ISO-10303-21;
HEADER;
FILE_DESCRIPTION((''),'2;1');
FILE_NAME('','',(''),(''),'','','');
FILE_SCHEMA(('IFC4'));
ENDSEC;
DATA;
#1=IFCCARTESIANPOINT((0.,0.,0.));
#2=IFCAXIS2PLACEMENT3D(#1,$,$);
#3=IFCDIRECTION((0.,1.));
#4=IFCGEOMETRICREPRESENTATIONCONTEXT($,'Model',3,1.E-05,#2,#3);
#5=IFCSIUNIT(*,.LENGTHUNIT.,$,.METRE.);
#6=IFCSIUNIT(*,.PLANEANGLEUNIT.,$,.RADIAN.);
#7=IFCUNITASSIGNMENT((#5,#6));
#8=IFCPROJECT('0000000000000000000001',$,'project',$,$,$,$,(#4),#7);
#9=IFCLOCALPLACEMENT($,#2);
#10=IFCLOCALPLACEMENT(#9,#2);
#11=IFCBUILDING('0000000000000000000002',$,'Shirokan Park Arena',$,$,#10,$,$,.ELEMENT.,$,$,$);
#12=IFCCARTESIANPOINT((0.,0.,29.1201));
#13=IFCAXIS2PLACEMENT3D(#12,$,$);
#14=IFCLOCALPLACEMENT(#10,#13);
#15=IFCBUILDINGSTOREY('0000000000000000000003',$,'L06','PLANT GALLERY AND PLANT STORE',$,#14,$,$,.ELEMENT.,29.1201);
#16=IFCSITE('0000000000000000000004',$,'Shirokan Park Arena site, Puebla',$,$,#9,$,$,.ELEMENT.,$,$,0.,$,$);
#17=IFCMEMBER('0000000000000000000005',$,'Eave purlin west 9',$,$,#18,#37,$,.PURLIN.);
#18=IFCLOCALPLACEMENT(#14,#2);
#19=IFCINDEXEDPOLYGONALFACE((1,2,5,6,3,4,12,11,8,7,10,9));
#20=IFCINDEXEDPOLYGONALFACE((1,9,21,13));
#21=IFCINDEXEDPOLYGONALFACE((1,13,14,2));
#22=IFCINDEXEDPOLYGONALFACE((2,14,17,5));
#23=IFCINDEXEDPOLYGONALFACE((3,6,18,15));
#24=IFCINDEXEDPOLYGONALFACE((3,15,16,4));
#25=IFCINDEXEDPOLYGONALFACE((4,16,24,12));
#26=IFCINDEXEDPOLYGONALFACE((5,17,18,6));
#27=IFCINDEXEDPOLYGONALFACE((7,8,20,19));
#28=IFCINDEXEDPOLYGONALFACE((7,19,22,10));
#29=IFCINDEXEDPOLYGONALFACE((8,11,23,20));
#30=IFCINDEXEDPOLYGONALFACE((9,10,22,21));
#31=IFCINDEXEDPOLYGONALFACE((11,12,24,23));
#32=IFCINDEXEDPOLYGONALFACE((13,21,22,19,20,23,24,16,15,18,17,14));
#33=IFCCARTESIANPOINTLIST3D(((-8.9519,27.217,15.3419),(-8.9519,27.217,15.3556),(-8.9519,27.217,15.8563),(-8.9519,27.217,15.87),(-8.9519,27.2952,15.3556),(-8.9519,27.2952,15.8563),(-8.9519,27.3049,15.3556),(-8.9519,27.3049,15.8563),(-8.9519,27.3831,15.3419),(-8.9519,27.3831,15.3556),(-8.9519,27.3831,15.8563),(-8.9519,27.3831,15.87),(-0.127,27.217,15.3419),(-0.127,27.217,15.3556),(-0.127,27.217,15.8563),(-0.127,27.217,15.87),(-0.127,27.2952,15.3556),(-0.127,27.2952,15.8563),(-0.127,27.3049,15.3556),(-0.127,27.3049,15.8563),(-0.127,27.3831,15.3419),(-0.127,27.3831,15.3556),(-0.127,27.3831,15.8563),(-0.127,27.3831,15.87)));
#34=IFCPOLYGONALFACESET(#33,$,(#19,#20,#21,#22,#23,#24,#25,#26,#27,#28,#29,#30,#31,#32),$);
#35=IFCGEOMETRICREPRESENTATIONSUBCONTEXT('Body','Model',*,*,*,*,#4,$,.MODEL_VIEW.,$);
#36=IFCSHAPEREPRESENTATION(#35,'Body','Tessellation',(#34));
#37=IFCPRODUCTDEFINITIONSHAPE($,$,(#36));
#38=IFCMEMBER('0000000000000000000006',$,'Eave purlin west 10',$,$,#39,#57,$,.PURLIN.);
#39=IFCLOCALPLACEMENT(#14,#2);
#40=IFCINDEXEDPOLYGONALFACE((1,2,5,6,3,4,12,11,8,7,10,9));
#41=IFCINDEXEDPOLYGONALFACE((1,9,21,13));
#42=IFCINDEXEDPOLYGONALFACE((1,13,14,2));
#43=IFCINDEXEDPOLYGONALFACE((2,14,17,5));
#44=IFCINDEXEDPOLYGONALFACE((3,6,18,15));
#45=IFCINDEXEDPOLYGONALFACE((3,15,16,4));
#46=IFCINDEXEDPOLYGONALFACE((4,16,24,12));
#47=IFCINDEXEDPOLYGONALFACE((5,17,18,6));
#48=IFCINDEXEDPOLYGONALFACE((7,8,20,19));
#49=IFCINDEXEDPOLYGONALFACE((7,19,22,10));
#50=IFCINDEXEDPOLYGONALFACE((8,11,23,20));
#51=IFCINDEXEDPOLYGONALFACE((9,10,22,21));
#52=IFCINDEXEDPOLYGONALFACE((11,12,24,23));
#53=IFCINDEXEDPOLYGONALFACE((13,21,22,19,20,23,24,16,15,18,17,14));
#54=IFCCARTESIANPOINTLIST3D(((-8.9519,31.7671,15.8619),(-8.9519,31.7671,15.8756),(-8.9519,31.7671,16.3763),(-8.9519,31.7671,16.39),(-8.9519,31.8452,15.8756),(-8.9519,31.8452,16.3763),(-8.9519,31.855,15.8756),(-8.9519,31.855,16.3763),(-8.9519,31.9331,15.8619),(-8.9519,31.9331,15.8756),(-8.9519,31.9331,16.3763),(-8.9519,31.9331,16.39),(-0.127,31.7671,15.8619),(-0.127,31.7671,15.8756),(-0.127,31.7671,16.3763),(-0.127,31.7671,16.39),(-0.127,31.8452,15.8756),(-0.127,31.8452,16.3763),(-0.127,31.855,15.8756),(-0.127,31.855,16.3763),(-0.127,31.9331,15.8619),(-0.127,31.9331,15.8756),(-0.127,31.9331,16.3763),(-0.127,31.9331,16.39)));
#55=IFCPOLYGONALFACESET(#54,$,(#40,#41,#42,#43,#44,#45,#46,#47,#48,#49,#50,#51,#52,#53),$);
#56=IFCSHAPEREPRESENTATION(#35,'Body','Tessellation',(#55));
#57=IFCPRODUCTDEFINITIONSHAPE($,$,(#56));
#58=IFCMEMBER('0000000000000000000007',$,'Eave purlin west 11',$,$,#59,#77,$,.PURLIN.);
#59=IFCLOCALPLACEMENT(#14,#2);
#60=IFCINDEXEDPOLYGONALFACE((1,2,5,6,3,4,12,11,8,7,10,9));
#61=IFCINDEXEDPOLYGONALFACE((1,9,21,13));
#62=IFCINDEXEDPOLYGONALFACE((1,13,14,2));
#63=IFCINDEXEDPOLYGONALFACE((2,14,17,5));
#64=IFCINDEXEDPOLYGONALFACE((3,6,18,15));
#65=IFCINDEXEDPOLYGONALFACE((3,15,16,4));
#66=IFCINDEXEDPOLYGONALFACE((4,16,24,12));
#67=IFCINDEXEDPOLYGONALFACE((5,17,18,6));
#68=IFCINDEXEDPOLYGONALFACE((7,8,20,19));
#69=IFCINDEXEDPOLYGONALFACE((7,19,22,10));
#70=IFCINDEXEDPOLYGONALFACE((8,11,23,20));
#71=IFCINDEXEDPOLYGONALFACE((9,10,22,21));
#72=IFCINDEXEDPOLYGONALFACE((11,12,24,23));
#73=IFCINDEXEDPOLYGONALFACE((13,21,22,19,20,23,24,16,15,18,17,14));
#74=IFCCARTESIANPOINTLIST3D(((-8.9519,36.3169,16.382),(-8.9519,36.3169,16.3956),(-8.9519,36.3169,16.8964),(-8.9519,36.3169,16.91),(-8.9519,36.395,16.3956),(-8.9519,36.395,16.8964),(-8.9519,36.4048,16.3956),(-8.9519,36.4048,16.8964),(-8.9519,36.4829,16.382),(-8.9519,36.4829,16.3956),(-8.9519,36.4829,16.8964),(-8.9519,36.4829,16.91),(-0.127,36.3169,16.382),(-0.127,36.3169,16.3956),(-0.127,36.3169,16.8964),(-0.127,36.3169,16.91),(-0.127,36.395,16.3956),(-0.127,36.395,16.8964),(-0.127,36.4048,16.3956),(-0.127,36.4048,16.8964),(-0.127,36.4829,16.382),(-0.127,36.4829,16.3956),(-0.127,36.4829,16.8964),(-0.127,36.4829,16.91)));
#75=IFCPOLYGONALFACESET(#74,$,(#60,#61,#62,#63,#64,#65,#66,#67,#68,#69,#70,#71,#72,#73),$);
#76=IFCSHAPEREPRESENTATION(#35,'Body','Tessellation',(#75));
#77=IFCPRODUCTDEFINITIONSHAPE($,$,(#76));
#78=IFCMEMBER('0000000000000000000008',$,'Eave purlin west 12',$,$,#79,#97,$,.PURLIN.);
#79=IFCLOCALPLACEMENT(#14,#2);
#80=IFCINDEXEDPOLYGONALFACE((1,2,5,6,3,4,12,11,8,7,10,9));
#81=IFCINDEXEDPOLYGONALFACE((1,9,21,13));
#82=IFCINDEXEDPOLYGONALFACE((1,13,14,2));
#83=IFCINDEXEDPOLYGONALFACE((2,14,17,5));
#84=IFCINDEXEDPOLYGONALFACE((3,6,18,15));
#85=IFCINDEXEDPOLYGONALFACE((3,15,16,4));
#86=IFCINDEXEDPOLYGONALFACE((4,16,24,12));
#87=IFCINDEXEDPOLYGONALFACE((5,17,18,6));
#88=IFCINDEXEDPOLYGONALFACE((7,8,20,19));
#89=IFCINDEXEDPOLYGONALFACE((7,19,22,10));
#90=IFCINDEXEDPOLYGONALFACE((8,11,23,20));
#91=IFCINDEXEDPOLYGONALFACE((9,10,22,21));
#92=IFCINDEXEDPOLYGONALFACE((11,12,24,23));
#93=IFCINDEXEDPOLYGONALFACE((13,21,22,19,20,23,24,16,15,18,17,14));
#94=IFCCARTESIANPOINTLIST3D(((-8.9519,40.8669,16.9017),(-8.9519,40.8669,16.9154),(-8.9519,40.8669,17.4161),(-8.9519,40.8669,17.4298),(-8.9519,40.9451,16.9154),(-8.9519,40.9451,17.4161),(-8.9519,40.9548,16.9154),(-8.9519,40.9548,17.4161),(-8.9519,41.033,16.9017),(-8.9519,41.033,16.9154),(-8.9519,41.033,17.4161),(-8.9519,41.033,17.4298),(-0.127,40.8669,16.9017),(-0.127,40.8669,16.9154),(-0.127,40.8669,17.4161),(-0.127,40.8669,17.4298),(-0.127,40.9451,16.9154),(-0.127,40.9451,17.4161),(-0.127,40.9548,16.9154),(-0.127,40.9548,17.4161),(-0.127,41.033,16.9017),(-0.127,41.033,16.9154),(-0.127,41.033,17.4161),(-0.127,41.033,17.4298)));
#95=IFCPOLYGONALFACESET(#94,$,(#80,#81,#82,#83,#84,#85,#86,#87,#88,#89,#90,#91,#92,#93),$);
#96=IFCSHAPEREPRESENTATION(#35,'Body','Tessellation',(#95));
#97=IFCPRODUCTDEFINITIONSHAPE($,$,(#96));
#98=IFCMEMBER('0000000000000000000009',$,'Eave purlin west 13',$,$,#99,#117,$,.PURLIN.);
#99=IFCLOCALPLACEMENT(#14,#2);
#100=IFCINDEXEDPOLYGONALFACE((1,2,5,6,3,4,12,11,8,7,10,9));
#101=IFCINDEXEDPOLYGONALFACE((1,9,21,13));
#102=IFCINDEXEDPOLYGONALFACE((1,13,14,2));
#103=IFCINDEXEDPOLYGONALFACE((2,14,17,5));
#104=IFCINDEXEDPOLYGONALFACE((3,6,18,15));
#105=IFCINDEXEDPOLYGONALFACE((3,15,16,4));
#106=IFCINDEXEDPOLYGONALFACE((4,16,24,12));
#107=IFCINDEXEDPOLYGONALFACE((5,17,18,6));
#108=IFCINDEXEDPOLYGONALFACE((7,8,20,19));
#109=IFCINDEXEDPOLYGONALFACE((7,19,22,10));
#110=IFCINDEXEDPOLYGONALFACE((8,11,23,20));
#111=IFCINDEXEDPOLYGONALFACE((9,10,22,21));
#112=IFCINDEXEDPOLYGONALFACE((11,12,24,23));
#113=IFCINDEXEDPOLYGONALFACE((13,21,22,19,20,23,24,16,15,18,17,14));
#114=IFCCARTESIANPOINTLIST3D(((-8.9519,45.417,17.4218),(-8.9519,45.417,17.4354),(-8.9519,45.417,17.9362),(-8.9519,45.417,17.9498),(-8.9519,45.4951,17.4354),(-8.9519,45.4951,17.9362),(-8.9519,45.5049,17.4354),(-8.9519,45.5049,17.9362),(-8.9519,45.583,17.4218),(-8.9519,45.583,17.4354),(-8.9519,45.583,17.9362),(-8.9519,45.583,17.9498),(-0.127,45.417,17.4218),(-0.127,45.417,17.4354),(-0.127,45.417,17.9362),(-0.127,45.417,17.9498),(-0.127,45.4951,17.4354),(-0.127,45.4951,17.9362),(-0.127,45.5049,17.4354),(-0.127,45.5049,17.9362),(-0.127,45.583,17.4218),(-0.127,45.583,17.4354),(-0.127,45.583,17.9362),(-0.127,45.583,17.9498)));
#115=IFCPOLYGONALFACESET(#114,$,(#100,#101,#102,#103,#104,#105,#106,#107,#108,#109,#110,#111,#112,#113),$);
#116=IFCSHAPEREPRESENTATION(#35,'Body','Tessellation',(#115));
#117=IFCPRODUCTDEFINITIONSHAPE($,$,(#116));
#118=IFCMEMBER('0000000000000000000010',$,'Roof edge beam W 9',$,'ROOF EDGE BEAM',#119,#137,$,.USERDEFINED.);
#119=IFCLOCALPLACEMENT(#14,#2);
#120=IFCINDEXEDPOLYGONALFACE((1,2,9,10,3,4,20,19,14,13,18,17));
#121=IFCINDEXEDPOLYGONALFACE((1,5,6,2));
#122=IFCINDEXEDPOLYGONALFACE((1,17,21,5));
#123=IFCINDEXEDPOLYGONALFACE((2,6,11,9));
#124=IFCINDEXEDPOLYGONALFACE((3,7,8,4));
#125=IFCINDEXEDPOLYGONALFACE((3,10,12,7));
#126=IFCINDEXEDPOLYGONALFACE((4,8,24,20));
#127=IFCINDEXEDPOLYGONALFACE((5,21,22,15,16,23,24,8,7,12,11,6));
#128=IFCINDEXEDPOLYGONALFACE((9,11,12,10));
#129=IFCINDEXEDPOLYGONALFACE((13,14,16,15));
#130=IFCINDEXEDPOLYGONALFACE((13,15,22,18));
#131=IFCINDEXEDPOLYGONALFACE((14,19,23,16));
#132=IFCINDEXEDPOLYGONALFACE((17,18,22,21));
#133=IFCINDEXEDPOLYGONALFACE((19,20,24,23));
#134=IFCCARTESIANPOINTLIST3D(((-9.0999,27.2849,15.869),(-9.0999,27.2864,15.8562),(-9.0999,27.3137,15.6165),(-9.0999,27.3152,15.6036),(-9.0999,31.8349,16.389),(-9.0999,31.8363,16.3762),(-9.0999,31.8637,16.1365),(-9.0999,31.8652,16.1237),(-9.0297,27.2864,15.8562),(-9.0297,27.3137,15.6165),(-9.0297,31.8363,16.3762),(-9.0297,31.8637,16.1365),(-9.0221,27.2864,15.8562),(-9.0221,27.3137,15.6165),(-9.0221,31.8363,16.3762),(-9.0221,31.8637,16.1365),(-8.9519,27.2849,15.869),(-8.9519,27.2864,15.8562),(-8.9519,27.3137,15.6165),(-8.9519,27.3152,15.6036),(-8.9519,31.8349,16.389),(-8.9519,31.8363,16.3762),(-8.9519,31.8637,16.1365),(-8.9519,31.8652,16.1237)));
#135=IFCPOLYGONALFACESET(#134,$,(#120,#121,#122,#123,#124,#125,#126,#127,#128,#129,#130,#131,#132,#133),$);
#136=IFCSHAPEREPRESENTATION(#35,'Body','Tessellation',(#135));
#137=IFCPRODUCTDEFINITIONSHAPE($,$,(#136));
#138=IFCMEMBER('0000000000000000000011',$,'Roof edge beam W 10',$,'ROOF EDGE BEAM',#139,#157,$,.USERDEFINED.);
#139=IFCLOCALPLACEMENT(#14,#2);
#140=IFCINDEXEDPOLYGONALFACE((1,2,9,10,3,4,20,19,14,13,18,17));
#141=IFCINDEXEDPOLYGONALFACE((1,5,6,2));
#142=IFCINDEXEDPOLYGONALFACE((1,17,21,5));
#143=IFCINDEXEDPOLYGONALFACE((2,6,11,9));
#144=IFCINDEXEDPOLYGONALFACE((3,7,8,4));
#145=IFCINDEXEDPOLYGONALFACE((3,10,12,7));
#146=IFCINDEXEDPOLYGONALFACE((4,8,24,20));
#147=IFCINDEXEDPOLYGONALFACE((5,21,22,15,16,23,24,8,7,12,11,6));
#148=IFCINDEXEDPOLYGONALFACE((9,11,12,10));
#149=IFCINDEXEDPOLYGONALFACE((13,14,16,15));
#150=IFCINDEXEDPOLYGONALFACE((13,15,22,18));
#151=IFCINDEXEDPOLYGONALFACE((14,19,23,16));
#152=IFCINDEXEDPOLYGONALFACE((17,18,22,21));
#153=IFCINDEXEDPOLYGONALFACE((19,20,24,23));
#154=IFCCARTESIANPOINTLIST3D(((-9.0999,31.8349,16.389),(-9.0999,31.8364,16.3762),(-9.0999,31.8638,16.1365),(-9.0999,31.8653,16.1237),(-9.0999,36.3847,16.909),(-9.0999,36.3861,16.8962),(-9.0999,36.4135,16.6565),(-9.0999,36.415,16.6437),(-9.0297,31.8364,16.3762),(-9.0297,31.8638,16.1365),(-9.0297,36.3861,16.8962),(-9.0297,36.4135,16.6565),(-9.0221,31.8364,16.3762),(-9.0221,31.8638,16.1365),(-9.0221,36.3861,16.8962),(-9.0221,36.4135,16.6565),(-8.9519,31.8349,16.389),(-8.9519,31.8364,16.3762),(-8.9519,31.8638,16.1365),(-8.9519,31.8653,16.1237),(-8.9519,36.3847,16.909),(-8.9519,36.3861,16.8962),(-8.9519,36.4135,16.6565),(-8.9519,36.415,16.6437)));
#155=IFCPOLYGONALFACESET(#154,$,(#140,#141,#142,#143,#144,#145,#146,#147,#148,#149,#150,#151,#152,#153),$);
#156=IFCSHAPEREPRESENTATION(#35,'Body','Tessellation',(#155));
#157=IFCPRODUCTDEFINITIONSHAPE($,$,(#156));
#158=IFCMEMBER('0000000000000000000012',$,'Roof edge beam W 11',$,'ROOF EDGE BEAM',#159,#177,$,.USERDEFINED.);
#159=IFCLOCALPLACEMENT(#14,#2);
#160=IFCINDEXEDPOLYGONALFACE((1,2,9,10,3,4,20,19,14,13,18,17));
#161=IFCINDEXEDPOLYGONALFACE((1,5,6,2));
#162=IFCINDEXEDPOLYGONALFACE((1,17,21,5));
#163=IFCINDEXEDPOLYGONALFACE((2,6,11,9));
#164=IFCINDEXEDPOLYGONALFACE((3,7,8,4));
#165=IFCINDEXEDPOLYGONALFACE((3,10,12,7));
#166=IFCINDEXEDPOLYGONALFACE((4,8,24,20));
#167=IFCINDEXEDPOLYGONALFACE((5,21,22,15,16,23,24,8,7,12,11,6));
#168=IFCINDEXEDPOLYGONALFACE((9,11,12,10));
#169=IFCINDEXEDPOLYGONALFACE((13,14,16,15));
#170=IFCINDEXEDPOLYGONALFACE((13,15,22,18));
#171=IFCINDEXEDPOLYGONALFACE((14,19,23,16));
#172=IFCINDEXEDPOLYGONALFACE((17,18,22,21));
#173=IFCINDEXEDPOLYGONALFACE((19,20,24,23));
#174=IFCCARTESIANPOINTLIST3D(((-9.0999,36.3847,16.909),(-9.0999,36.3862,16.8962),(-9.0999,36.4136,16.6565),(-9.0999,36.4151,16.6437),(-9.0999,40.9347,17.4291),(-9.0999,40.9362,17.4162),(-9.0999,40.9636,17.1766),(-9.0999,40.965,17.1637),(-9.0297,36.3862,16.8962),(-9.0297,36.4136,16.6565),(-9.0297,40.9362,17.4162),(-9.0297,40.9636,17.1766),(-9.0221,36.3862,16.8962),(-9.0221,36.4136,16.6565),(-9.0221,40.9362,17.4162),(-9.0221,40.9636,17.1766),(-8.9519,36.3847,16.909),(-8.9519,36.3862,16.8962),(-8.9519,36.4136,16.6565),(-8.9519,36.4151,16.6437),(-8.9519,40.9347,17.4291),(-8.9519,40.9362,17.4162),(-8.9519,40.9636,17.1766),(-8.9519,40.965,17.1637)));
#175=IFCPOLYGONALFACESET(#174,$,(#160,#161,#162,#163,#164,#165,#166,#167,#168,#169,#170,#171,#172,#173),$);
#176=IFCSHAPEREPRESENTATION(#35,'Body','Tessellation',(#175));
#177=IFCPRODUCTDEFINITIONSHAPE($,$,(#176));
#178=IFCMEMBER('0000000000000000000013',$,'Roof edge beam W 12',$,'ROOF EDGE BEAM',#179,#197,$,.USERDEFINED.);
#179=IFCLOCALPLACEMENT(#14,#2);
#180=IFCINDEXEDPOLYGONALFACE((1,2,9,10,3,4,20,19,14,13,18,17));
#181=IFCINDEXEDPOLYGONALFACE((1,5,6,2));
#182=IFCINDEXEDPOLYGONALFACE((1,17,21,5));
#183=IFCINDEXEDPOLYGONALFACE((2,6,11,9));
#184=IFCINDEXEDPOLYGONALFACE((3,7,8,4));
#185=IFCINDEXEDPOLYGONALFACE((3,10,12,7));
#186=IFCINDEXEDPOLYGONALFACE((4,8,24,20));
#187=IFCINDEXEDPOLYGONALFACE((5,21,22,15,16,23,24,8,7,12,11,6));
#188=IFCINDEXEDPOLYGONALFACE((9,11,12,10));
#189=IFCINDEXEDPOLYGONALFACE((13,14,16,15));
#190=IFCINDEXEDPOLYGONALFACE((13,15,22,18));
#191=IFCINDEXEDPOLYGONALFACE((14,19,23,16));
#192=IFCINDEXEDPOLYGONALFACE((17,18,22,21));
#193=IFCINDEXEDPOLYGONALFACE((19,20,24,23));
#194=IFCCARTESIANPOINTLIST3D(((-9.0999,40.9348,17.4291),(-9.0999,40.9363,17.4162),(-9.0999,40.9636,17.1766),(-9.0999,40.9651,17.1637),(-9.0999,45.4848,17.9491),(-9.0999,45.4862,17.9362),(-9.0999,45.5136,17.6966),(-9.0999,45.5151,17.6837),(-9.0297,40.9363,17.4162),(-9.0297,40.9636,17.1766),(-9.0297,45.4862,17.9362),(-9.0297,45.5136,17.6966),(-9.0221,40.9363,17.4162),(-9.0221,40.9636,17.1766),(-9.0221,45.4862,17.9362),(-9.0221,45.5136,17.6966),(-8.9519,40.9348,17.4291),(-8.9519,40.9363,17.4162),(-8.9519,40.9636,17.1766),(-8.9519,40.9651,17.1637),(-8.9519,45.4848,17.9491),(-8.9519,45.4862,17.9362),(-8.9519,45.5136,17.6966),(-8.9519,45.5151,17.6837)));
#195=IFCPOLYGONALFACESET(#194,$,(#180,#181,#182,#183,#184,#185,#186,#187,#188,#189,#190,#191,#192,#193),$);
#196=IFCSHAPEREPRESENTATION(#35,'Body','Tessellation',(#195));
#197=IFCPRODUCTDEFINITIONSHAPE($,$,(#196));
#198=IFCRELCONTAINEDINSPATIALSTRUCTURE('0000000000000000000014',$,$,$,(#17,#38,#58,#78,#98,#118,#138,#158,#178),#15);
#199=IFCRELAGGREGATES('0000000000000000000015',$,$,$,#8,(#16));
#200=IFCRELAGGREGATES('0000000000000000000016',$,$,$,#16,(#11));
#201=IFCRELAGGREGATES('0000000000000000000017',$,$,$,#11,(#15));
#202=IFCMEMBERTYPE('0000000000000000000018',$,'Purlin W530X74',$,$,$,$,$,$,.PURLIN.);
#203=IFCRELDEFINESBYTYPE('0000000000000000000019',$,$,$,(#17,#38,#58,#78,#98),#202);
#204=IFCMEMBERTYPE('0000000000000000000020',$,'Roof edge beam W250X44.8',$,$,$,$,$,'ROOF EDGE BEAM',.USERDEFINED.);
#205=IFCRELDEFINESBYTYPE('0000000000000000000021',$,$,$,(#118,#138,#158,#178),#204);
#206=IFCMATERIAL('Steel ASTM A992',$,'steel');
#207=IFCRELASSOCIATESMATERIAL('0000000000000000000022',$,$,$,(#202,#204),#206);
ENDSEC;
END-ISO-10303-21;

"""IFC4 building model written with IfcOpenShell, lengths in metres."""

from ifc_helpers import new_model, si_unit, direction, frame, origin, origin_2d, place, context, subcontext, project, spatial, i_section, extrude, material, material_profile, profile_set, type_object, element, save


model = new_model("IFC4")

# Units and contexts
model_context = context("Model", 3, precision=1e-05, world=origin(), true_north=direction((0.0, 1.0)))
body_context = subcontext(model_context, "Body", "Model", "MODEL_VIEW")
ifc_project = project(units=[si_unit("LENGTHUNIT", "METRE"), si_unit("PLANEANGLEUNIT", "RADIAN")], contexts=[model_context])

# Site, building, storey
site_placement = place(None, origin())
site = spatial("IfcSite", under=ifc_project, at=site_placement, Name="Shirokan Park Arena site, Puebla", CompositionType="ELEMENT", RefElevation=0.0)
building_placement = place(site_placement, origin())
building = spatial("IfcBuilding", under=site, at=building_placement, Name="Shirokan Park Arena", CompositionType="ELEMENT")
storey_placement = place(building_placement, frame((0.0, 0.0, 29.1201)))
storey = spatial("IfcBuildingStorey", under=building, at=storey_placement, Name="L06", Description="PLANT GALLERY AND PLANT STORE", CompositionType="ELEMENT", Elevation=29.1201)

# Members
ifc_material_1 = material(Name="Steel ASTM A992", Category="steel")
ifc_material_profile_1 = material_profile(ifc_material_1, i_section(OverallWidth=0.166, OverallDepth=0.5281, WebThickness=0.0098, FlangeThickness=0.0137, at=origin_2d()), Name="W530X74")
ifc_profile_set_1 = profile_set([ifc_material_profile_1], Name="Steel ASTM A992")
member_type_1 = type_object("IfcMemberType", Name="Purlin W530X74", PredefinedType="PURLIN", material=ifc_profile_set_1)
for number, where, z_axis, x_axis, name in (
    (1, (-8.9519, 27.3, 15.606), (1.0, 0.0, 0.0), (0.0, 1.0, 0.0), "Eave purlin west 9"),
    (2, (-8.9519, 31.8501, 16.126), (1.0, 0.0, 0.0), (0.0, 1.0, 0.0), "Eave purlin west 10"),
    (3, (-8.9519, 36.3999, 16.646), (1.0, 0.0, 0.0), (0.0, 1.0, 0.0), "Eave purlin west 11"),
    (4, (-8.9519, 40.95, 17.1658), (1.0, 0.0, 0.0), (0.0, 1.0, 0.0), "Eave purlin west 12"),
    (5, (-8.9519, 45.5, 17.6858), (1.0, 0.0, 0.0), (0.0, 1.0, 0.0), "Eave purlin west 13"),
):
    element("IfcMember", number, at=place(storey_placement, frame(where, z_axis=z_axis, x_axis=x_axis)), inside=storey, type_object=member_type_1, Name=name, PredefinedType="PURLIN", context=body_context, shape_type="SweptSolid", body=[
        extrude(i_section(OverallWidth=0.166, OverallDepth=0.5281, WebThickness=0.0098, FlangeThickness=0.0137, at=origin_2d()), origin(), (0.0, 0.0, 1.0), 8.825),
    ])
ifc_material_profile_2 = material_profile(ifc_material_1, i_section(OverallWidth=0.1479, OverallDepth=0.2671, WebThickness=0.0076, FlangeThickness=0.0129, at=origin_2d()), Name="W250X44.8")
ifc_profile_set_2 = profile_set([ifc_material_profile_2], Name="Steel ASTM A992")
member_type_2 = type_object("IfcMemberType", Name="Roof edge beam W250X44.8", ElementType="ROOF EDGE BEAM", PredefinedType="USERDEFINED", material=ifc_profile_set_2)
member_1_placement = place(storey_placement, frame((-9.0259, 27.3, 15.7363), z_axis=(0.0, 0.993532, 0.11355), x_axis=(-1.0, 0.0, 0.0)))
element("IfcMember", 6, at=member_1_placement, inside=storey, type_object=member_type_2, Name="Roof edge beam W 9", ObjectType="ROOF EDGE BEAM", PredefinedType="USERDEFINED", context=body_context, shape_type="SweptSolid", body=[
    extrude(i_section(OverallWidth=0.1479, OverallDepth=0.2671, WebThickness=0.0076, FlangeThickness=0.0129, at=origin_2d()), origin(), (0.0, 0.0, 1.0), 4.5796),
])
member_2_placement = place(storey_placement, frame((-9.0259, 31.8501, 16.2563), z_axis=(0.0, 0.993532, 0.113556), x_axis=(-1.0, 0.0, 0.0)))
element("IfcMember", 7, at=member_2_placement, inside=storey, type_object=member_type_2, Name="Roof edge beam W 10", ObjectType="ROOF EDGE BEAM", PredefinedType="USERDEFINED", context=body_context, shape_type="SweptSolid", body=[
    extrude(i_section(OverallWidth=0.1479, OverallDepth=0.2671, WebThickness=0.0076, FlangeThickness=0.0129, at=origin_2d()), origin(), (0.0, 0.0, 1.0), 4.5793),
])
for number, where, z_axis, x_axis, name in (
    (8, (-9.0259, 36.3999, 16.7764), (0.0, 0.993532, 0.11355), (-1.0, 0.0, 0.0), "Roof edge beam W 11"),
    (9, (-9.0259, 40.95, 17.2964), (0.0, 0.993532, 0.11355), (-1.0, 0.0, 0.0), "Roof edge beam W 12"),
):
    element("IfcMember", number, at=place(storey_placement, frame(where, z_axis=z_axis, x_axis=x_axis)), inside=storey, type_object=member_type_2, Name=name, ObjectType="ROOF EDGE BEAM", PredefinedType="USERDEFINED", context=body_context, shape_type="SweptSolid", body=[
        extrude(i_section(OverallWidth=0.1479, OverallDepth=0.2671, WebThickness=0.0076, FlangeThickness=0.0129, at=origin_2d()), origin(), (0.0, 0.0, 1.0), 4.5796),
    ])

save(model, "model.ifc")
